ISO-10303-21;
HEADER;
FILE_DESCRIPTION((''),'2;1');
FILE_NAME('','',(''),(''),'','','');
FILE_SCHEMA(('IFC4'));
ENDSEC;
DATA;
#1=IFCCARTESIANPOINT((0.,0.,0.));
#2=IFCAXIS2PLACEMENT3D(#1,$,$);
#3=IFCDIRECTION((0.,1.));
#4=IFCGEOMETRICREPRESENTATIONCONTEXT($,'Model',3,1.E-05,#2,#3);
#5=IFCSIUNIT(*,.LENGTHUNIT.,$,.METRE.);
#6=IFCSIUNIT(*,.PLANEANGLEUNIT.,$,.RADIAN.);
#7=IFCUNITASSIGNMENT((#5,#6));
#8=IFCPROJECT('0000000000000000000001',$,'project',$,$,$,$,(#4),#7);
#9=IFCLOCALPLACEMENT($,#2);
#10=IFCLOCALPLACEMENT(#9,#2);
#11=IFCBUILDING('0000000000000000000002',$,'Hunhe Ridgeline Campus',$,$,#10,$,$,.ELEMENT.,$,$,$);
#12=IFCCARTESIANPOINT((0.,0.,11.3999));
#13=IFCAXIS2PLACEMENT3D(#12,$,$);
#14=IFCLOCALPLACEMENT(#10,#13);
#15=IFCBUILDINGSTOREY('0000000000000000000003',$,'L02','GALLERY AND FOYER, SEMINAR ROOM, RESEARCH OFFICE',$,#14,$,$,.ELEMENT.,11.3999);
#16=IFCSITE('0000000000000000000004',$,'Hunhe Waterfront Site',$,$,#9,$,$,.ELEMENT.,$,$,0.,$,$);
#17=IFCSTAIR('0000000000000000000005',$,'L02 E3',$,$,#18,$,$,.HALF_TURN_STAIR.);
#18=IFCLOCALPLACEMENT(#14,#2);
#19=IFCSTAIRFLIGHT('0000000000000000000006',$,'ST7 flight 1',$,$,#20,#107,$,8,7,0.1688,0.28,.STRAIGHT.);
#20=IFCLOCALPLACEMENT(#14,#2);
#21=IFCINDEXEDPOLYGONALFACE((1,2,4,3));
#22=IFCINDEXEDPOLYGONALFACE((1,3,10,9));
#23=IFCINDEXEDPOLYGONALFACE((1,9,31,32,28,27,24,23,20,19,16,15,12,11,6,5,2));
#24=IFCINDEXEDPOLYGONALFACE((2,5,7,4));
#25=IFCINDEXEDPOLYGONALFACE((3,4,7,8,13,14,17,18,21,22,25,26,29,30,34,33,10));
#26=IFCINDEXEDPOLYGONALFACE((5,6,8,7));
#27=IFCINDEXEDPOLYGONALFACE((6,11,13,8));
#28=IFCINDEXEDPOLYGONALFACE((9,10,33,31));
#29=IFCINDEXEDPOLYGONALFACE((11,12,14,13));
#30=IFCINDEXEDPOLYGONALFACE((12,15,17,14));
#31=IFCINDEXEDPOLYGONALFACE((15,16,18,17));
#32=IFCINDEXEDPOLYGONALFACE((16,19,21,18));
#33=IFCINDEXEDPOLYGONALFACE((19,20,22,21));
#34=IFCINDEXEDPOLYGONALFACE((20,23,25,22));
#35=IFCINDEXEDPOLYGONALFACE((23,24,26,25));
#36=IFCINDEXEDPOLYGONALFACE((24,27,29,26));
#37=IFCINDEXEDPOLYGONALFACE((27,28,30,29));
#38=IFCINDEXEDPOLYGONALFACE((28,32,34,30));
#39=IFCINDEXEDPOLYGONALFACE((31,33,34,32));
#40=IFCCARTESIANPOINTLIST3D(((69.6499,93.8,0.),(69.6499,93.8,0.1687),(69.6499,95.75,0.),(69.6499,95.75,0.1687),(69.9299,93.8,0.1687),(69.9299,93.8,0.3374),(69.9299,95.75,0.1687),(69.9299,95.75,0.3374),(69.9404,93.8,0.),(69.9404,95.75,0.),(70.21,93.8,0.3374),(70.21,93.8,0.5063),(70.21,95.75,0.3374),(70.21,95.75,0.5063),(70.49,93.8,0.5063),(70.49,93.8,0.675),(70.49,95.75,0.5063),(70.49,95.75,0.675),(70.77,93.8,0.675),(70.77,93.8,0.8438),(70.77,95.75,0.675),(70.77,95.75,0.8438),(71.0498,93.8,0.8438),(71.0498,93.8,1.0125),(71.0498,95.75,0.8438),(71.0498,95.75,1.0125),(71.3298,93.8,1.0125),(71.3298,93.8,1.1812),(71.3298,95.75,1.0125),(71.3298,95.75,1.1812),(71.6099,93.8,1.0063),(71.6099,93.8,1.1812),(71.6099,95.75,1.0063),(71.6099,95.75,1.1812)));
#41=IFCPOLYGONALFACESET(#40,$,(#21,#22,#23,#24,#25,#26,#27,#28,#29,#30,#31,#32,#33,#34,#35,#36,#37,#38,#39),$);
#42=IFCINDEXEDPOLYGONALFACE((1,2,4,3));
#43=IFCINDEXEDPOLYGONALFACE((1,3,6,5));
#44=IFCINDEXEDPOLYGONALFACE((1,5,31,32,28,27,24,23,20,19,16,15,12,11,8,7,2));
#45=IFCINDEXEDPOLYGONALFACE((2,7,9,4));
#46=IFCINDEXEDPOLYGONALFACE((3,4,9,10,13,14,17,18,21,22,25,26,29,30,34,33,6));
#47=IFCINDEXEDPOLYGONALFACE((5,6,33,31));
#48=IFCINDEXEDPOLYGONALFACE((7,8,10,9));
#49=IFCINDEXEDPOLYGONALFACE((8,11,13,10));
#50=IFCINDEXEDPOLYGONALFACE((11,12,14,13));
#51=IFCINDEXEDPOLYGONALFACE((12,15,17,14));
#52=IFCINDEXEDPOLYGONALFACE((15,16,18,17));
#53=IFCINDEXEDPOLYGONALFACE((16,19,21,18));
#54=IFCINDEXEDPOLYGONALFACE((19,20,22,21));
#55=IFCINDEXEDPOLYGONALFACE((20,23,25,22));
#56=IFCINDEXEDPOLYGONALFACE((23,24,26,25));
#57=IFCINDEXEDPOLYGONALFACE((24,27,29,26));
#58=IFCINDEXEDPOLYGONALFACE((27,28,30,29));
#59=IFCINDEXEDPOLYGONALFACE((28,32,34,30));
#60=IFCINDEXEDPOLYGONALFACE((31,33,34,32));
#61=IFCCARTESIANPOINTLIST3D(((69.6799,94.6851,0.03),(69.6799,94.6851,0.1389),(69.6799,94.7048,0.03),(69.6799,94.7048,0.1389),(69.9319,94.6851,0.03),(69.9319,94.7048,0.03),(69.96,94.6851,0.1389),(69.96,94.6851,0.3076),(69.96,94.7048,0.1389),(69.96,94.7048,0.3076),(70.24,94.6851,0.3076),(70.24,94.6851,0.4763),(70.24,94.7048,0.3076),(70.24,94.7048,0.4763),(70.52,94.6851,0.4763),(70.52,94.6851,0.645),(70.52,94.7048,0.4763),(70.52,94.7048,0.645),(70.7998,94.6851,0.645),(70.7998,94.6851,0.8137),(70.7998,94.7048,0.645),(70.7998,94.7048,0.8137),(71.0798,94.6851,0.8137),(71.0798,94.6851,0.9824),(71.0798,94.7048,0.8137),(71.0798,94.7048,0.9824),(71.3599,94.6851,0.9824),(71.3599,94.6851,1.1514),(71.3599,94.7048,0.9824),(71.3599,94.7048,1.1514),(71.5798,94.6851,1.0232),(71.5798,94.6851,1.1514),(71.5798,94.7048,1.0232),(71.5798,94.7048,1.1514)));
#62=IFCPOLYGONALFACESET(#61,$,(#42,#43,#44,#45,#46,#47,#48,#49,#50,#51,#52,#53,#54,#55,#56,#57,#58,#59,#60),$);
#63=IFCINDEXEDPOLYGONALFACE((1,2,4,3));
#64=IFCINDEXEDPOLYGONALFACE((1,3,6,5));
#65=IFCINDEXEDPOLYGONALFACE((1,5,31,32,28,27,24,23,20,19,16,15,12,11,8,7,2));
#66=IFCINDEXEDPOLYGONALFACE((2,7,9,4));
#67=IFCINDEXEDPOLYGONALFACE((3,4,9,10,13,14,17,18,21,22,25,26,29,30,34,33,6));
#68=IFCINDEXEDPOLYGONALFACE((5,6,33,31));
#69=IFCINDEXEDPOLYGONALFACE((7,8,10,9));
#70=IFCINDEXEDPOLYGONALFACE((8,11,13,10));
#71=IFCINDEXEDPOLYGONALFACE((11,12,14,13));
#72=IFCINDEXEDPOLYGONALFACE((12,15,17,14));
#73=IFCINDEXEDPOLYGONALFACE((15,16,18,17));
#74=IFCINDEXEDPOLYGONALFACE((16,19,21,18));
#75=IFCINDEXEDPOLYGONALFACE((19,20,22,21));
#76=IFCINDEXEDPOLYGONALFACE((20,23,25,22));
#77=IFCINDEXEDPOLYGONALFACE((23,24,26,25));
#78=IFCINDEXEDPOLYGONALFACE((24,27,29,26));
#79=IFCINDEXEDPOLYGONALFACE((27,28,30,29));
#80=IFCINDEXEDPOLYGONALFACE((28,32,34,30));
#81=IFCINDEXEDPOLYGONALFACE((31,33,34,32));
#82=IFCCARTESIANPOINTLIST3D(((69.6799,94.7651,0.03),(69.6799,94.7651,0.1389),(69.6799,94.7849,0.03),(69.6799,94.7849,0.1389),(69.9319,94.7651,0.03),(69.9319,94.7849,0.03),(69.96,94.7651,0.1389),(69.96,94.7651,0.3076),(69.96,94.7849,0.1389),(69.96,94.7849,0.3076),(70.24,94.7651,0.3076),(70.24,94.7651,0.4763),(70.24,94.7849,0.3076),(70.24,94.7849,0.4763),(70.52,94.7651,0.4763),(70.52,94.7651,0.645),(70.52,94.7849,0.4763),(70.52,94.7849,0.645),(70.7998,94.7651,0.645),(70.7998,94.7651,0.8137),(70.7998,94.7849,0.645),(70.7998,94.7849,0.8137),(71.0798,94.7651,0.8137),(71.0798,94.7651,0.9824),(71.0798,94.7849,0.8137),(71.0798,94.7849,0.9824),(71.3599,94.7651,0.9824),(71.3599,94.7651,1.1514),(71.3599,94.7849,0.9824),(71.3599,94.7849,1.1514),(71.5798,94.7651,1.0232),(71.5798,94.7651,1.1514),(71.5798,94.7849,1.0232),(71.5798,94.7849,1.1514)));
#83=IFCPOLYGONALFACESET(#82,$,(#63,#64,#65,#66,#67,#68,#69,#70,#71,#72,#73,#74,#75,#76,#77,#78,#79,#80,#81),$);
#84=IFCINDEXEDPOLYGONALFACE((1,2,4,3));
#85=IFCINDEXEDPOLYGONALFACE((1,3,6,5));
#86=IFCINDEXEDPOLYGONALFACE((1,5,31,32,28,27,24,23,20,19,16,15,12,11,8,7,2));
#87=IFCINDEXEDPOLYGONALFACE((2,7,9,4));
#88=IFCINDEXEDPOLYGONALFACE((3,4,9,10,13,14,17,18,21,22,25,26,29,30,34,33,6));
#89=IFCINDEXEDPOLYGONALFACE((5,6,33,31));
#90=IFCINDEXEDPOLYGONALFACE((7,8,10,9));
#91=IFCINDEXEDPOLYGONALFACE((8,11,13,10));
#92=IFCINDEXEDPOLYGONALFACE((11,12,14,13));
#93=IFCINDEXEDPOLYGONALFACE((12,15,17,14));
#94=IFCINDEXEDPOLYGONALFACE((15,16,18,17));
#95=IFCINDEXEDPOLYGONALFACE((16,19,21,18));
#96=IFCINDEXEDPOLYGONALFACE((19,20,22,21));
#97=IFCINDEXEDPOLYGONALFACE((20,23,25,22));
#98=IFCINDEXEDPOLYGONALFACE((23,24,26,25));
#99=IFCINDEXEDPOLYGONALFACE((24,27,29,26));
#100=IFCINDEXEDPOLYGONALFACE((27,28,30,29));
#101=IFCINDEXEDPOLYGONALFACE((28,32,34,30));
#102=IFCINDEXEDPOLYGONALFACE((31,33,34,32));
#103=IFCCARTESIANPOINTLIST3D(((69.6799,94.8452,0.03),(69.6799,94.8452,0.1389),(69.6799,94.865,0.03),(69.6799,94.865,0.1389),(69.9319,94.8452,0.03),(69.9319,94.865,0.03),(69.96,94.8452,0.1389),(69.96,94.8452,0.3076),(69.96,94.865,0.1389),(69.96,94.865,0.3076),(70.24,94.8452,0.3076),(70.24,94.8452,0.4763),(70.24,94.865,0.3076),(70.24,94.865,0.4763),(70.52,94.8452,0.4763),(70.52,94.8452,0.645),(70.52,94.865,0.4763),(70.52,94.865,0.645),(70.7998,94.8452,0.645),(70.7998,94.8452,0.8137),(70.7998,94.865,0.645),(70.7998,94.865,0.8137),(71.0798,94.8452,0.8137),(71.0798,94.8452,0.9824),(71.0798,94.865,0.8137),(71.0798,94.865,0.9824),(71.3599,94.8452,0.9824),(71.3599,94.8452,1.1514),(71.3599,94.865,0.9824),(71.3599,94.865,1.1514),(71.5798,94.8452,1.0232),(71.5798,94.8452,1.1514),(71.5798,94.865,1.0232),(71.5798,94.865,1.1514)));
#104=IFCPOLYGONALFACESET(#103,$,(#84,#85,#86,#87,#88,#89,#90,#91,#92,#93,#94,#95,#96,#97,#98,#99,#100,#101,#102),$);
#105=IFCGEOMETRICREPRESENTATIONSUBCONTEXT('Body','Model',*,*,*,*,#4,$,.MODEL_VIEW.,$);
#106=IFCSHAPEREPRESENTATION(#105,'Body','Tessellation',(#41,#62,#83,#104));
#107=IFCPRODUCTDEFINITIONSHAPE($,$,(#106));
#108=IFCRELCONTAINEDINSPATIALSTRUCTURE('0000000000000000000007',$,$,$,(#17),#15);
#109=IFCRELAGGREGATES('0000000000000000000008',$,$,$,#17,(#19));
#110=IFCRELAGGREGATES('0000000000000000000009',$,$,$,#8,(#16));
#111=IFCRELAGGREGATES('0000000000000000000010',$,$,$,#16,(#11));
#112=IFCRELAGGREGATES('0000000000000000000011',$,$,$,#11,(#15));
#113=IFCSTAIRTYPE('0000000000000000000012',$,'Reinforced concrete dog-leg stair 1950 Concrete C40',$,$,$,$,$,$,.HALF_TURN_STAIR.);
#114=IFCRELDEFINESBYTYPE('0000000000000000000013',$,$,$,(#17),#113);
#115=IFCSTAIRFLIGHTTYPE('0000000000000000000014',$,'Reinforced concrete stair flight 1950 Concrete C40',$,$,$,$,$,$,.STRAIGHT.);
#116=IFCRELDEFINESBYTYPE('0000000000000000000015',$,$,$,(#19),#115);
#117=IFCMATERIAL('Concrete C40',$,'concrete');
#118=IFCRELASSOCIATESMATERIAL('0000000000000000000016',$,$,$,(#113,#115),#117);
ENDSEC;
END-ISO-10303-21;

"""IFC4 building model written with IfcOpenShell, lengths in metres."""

from ifc_helpers import new_model, si_unit, direction, frame, origin, place, context, subcontext, project, spatial, polyline, outline, extrude, material, type_object, element, aggregate, save


model = new_model("IFC4")

# Units and contexts
model_context = context("Model", 3, precision=1e-05, world=origin(), true_north=direction((0.0, 1.0)))
body_context = subcontext(model_context, "Body", "Model", "MODEL_VIEW")
ifc_project = project(units=[si_unit("LENGTHUNIT", "METRE"), si_unit("PLANEANGLEUNIT", "RADIAN")], contexts=[model_context])

# Site, building, storey
site_placement = place(None, origin())
site = spatial("IfcSite", under=ifc_project, at=site_placement, Name="Hunhe Waterfront Site", CompositionType="ELEMENT", RefElevation=0.0)
building_placement = place(site_placement, origin())
building = spatial("IfcBuilding", under=site, at=building_placement, Name="Hunhe Ridgeline Campus", CompositionType="ELEMENT")
storey_placement = place(building_placement, frame((0.0, 0.0, 11.3999)))
storey = spatial("IfcBuildingStorey", under=building, at=storey_placement, Name="L02", Description="GALLERY AND FOYER, SEMINAR ROOM, RESEARCH OFFICE", CompositionType="ELEMENT", Elevation=11.3999)

# Stair, stair flight
ifc_material_1 = material(Name="Concrete C40", Category="concrete")
stair_type = type_object("IfcStairType", Name="Reinforced concrete dog-leg stair 1950 Concrete C40", PredefinedType="HALF_TURN_STAIR", material=ifc_material_1)
stair_flight_type = type_object("IfcStairFlightType", Name="Reinforced concrete stair flight 1950 Concrete C40", PredefinedType="STRAIGHT", material=ifc_material_1)
stair_1_placement = place(storey_placement, origin())
stair_1 = element("IfcStair", 1, at=stair_1_placement, inside=storey, type_object=stair_type, Name="L02 E3", PredefinedType="HALF_TURN_STAIR")
stair_flight_1_placement = place(storey_placement, frame((69.6499, 94.7749, 0.0), z_axis=(0.0, 0.0, 1.0), x_axis=(1.0, 0.0, 0.0)))
stair_flight_1 = element("IfcStairFlight", 2, at=stair_flight_1_placement, type_object=stair_flight_type, Name="ST7 flight 1", NumberOfRisers=8, NumberOfTreads=7, PredefinedType="STRAIGHT", RiserHeight=0.1688, TreadLength=0.28, context=body_context, shape_type="SweptSolid", body=[
    extrude(outline(polyline([(0.0, 0.0), (0.0, 0.1687), (0.28, 0.1687), (0.28, 0.3374), (0.5601, 0.3374), (0.5601, 0.5063), (0.8401, 0.5063), (0.8401, 0.675), (1.1201, 0.675), (1.1201, 0.8438), (1.3999, 0.8438), (1.3999, 1.0125), (1.6799, 1.0125), (1.6799, 1.1812), (1.96, 1.1812), (1.96, 1.3501), (1.96, 1.0063), (0.2905, 0.0), (0.0, 0.0)])), frame((0.0, 0.9751, 0.0), z_axis=(0.0, -1.0, 0.0), x_axis=(1.0, 0.0, 0.0)), (0.0, 0.0, 1.0), 1.95),
    extrude(outline(polyline([(0.03, 0.03), (0.03, 0.1389), (0.3101, 0.1389), (0.3101, 0.3076), (0.5901, 0.3076), (0.5901, 0.4763), (0.8701, 0.4763), (0.8701, 0.645), (1.1499, 0.645), (1.1499, 0.8137), (1.4299, 0.8137), (1.4299, 0.9824), (1.71, 0.9824), (1.71, 1.1514), (1.9299, 1.1514), (1.9299, 1.0232), (0.282, 0.03), (0.03, 0.03)])), frame((0.0, -0.0701, 0.0), z_axis=(0.0, -1.0, 0.0), x_axis=(1.0, 0.0, 0.0)), (0.0, 0.0, 1.0), 0.0198),
    extrude(outline(polyline([(0.03, 0.03), (0.03, 0.1389), (0.3101, 0.1389), (0.3101, 0.3076), (0.5901, 0.3076), (0.5901, 0.4763), (0.8701, 0.4763), (0.8701, 0.645), (1.1499, 0.645), (1.1499, 0.8137), (1.4299, 0.8137), (1.4299, 0.9824), (1.71, 0.9824), (1.71, 1.1514), (1.9299, 1.1514), (1.9299, 1.0232), (0.282, 0.03), (0.03, 0.03)])), frame((0.0, 0.01, 0.0), z_axis=(0.0, -1.0, 0.0), x_axis=(1.0, 0.0, 0.0)), (0.0, 0.0, 1.0), 0.0198),
    extrude(outline(polyline([(0.03, 0.03), (0.03, 0.1389), (0.3101, 0.1389), (0.3101, 0.3076), (0.5901, 0.3076), (0.5901, 0.4763), (0.8701, 0.4763), (0.8701, 0.645), (1.1499, 0.645), (1.1499, 0.8137), (1.4299, 0.8137), (1.4299, 0.9824), (1.71, 0.9824), (1.71, 1.1514), (1.9299, 1.1514), (1.9299, 1.0232), (0.282, 0.03), (0.03, 0.03)])), frame((0.0, 0.0901, 0.0), z_axis=(0.0, -1.0, 0.0), x_axis=(1.0, 0.0, 0.0)), (0.0, 0.0, 1.0), 0.0198),
])
aggregate(stair_1, [stair_flight_1])

save(model, "model.ifc")
